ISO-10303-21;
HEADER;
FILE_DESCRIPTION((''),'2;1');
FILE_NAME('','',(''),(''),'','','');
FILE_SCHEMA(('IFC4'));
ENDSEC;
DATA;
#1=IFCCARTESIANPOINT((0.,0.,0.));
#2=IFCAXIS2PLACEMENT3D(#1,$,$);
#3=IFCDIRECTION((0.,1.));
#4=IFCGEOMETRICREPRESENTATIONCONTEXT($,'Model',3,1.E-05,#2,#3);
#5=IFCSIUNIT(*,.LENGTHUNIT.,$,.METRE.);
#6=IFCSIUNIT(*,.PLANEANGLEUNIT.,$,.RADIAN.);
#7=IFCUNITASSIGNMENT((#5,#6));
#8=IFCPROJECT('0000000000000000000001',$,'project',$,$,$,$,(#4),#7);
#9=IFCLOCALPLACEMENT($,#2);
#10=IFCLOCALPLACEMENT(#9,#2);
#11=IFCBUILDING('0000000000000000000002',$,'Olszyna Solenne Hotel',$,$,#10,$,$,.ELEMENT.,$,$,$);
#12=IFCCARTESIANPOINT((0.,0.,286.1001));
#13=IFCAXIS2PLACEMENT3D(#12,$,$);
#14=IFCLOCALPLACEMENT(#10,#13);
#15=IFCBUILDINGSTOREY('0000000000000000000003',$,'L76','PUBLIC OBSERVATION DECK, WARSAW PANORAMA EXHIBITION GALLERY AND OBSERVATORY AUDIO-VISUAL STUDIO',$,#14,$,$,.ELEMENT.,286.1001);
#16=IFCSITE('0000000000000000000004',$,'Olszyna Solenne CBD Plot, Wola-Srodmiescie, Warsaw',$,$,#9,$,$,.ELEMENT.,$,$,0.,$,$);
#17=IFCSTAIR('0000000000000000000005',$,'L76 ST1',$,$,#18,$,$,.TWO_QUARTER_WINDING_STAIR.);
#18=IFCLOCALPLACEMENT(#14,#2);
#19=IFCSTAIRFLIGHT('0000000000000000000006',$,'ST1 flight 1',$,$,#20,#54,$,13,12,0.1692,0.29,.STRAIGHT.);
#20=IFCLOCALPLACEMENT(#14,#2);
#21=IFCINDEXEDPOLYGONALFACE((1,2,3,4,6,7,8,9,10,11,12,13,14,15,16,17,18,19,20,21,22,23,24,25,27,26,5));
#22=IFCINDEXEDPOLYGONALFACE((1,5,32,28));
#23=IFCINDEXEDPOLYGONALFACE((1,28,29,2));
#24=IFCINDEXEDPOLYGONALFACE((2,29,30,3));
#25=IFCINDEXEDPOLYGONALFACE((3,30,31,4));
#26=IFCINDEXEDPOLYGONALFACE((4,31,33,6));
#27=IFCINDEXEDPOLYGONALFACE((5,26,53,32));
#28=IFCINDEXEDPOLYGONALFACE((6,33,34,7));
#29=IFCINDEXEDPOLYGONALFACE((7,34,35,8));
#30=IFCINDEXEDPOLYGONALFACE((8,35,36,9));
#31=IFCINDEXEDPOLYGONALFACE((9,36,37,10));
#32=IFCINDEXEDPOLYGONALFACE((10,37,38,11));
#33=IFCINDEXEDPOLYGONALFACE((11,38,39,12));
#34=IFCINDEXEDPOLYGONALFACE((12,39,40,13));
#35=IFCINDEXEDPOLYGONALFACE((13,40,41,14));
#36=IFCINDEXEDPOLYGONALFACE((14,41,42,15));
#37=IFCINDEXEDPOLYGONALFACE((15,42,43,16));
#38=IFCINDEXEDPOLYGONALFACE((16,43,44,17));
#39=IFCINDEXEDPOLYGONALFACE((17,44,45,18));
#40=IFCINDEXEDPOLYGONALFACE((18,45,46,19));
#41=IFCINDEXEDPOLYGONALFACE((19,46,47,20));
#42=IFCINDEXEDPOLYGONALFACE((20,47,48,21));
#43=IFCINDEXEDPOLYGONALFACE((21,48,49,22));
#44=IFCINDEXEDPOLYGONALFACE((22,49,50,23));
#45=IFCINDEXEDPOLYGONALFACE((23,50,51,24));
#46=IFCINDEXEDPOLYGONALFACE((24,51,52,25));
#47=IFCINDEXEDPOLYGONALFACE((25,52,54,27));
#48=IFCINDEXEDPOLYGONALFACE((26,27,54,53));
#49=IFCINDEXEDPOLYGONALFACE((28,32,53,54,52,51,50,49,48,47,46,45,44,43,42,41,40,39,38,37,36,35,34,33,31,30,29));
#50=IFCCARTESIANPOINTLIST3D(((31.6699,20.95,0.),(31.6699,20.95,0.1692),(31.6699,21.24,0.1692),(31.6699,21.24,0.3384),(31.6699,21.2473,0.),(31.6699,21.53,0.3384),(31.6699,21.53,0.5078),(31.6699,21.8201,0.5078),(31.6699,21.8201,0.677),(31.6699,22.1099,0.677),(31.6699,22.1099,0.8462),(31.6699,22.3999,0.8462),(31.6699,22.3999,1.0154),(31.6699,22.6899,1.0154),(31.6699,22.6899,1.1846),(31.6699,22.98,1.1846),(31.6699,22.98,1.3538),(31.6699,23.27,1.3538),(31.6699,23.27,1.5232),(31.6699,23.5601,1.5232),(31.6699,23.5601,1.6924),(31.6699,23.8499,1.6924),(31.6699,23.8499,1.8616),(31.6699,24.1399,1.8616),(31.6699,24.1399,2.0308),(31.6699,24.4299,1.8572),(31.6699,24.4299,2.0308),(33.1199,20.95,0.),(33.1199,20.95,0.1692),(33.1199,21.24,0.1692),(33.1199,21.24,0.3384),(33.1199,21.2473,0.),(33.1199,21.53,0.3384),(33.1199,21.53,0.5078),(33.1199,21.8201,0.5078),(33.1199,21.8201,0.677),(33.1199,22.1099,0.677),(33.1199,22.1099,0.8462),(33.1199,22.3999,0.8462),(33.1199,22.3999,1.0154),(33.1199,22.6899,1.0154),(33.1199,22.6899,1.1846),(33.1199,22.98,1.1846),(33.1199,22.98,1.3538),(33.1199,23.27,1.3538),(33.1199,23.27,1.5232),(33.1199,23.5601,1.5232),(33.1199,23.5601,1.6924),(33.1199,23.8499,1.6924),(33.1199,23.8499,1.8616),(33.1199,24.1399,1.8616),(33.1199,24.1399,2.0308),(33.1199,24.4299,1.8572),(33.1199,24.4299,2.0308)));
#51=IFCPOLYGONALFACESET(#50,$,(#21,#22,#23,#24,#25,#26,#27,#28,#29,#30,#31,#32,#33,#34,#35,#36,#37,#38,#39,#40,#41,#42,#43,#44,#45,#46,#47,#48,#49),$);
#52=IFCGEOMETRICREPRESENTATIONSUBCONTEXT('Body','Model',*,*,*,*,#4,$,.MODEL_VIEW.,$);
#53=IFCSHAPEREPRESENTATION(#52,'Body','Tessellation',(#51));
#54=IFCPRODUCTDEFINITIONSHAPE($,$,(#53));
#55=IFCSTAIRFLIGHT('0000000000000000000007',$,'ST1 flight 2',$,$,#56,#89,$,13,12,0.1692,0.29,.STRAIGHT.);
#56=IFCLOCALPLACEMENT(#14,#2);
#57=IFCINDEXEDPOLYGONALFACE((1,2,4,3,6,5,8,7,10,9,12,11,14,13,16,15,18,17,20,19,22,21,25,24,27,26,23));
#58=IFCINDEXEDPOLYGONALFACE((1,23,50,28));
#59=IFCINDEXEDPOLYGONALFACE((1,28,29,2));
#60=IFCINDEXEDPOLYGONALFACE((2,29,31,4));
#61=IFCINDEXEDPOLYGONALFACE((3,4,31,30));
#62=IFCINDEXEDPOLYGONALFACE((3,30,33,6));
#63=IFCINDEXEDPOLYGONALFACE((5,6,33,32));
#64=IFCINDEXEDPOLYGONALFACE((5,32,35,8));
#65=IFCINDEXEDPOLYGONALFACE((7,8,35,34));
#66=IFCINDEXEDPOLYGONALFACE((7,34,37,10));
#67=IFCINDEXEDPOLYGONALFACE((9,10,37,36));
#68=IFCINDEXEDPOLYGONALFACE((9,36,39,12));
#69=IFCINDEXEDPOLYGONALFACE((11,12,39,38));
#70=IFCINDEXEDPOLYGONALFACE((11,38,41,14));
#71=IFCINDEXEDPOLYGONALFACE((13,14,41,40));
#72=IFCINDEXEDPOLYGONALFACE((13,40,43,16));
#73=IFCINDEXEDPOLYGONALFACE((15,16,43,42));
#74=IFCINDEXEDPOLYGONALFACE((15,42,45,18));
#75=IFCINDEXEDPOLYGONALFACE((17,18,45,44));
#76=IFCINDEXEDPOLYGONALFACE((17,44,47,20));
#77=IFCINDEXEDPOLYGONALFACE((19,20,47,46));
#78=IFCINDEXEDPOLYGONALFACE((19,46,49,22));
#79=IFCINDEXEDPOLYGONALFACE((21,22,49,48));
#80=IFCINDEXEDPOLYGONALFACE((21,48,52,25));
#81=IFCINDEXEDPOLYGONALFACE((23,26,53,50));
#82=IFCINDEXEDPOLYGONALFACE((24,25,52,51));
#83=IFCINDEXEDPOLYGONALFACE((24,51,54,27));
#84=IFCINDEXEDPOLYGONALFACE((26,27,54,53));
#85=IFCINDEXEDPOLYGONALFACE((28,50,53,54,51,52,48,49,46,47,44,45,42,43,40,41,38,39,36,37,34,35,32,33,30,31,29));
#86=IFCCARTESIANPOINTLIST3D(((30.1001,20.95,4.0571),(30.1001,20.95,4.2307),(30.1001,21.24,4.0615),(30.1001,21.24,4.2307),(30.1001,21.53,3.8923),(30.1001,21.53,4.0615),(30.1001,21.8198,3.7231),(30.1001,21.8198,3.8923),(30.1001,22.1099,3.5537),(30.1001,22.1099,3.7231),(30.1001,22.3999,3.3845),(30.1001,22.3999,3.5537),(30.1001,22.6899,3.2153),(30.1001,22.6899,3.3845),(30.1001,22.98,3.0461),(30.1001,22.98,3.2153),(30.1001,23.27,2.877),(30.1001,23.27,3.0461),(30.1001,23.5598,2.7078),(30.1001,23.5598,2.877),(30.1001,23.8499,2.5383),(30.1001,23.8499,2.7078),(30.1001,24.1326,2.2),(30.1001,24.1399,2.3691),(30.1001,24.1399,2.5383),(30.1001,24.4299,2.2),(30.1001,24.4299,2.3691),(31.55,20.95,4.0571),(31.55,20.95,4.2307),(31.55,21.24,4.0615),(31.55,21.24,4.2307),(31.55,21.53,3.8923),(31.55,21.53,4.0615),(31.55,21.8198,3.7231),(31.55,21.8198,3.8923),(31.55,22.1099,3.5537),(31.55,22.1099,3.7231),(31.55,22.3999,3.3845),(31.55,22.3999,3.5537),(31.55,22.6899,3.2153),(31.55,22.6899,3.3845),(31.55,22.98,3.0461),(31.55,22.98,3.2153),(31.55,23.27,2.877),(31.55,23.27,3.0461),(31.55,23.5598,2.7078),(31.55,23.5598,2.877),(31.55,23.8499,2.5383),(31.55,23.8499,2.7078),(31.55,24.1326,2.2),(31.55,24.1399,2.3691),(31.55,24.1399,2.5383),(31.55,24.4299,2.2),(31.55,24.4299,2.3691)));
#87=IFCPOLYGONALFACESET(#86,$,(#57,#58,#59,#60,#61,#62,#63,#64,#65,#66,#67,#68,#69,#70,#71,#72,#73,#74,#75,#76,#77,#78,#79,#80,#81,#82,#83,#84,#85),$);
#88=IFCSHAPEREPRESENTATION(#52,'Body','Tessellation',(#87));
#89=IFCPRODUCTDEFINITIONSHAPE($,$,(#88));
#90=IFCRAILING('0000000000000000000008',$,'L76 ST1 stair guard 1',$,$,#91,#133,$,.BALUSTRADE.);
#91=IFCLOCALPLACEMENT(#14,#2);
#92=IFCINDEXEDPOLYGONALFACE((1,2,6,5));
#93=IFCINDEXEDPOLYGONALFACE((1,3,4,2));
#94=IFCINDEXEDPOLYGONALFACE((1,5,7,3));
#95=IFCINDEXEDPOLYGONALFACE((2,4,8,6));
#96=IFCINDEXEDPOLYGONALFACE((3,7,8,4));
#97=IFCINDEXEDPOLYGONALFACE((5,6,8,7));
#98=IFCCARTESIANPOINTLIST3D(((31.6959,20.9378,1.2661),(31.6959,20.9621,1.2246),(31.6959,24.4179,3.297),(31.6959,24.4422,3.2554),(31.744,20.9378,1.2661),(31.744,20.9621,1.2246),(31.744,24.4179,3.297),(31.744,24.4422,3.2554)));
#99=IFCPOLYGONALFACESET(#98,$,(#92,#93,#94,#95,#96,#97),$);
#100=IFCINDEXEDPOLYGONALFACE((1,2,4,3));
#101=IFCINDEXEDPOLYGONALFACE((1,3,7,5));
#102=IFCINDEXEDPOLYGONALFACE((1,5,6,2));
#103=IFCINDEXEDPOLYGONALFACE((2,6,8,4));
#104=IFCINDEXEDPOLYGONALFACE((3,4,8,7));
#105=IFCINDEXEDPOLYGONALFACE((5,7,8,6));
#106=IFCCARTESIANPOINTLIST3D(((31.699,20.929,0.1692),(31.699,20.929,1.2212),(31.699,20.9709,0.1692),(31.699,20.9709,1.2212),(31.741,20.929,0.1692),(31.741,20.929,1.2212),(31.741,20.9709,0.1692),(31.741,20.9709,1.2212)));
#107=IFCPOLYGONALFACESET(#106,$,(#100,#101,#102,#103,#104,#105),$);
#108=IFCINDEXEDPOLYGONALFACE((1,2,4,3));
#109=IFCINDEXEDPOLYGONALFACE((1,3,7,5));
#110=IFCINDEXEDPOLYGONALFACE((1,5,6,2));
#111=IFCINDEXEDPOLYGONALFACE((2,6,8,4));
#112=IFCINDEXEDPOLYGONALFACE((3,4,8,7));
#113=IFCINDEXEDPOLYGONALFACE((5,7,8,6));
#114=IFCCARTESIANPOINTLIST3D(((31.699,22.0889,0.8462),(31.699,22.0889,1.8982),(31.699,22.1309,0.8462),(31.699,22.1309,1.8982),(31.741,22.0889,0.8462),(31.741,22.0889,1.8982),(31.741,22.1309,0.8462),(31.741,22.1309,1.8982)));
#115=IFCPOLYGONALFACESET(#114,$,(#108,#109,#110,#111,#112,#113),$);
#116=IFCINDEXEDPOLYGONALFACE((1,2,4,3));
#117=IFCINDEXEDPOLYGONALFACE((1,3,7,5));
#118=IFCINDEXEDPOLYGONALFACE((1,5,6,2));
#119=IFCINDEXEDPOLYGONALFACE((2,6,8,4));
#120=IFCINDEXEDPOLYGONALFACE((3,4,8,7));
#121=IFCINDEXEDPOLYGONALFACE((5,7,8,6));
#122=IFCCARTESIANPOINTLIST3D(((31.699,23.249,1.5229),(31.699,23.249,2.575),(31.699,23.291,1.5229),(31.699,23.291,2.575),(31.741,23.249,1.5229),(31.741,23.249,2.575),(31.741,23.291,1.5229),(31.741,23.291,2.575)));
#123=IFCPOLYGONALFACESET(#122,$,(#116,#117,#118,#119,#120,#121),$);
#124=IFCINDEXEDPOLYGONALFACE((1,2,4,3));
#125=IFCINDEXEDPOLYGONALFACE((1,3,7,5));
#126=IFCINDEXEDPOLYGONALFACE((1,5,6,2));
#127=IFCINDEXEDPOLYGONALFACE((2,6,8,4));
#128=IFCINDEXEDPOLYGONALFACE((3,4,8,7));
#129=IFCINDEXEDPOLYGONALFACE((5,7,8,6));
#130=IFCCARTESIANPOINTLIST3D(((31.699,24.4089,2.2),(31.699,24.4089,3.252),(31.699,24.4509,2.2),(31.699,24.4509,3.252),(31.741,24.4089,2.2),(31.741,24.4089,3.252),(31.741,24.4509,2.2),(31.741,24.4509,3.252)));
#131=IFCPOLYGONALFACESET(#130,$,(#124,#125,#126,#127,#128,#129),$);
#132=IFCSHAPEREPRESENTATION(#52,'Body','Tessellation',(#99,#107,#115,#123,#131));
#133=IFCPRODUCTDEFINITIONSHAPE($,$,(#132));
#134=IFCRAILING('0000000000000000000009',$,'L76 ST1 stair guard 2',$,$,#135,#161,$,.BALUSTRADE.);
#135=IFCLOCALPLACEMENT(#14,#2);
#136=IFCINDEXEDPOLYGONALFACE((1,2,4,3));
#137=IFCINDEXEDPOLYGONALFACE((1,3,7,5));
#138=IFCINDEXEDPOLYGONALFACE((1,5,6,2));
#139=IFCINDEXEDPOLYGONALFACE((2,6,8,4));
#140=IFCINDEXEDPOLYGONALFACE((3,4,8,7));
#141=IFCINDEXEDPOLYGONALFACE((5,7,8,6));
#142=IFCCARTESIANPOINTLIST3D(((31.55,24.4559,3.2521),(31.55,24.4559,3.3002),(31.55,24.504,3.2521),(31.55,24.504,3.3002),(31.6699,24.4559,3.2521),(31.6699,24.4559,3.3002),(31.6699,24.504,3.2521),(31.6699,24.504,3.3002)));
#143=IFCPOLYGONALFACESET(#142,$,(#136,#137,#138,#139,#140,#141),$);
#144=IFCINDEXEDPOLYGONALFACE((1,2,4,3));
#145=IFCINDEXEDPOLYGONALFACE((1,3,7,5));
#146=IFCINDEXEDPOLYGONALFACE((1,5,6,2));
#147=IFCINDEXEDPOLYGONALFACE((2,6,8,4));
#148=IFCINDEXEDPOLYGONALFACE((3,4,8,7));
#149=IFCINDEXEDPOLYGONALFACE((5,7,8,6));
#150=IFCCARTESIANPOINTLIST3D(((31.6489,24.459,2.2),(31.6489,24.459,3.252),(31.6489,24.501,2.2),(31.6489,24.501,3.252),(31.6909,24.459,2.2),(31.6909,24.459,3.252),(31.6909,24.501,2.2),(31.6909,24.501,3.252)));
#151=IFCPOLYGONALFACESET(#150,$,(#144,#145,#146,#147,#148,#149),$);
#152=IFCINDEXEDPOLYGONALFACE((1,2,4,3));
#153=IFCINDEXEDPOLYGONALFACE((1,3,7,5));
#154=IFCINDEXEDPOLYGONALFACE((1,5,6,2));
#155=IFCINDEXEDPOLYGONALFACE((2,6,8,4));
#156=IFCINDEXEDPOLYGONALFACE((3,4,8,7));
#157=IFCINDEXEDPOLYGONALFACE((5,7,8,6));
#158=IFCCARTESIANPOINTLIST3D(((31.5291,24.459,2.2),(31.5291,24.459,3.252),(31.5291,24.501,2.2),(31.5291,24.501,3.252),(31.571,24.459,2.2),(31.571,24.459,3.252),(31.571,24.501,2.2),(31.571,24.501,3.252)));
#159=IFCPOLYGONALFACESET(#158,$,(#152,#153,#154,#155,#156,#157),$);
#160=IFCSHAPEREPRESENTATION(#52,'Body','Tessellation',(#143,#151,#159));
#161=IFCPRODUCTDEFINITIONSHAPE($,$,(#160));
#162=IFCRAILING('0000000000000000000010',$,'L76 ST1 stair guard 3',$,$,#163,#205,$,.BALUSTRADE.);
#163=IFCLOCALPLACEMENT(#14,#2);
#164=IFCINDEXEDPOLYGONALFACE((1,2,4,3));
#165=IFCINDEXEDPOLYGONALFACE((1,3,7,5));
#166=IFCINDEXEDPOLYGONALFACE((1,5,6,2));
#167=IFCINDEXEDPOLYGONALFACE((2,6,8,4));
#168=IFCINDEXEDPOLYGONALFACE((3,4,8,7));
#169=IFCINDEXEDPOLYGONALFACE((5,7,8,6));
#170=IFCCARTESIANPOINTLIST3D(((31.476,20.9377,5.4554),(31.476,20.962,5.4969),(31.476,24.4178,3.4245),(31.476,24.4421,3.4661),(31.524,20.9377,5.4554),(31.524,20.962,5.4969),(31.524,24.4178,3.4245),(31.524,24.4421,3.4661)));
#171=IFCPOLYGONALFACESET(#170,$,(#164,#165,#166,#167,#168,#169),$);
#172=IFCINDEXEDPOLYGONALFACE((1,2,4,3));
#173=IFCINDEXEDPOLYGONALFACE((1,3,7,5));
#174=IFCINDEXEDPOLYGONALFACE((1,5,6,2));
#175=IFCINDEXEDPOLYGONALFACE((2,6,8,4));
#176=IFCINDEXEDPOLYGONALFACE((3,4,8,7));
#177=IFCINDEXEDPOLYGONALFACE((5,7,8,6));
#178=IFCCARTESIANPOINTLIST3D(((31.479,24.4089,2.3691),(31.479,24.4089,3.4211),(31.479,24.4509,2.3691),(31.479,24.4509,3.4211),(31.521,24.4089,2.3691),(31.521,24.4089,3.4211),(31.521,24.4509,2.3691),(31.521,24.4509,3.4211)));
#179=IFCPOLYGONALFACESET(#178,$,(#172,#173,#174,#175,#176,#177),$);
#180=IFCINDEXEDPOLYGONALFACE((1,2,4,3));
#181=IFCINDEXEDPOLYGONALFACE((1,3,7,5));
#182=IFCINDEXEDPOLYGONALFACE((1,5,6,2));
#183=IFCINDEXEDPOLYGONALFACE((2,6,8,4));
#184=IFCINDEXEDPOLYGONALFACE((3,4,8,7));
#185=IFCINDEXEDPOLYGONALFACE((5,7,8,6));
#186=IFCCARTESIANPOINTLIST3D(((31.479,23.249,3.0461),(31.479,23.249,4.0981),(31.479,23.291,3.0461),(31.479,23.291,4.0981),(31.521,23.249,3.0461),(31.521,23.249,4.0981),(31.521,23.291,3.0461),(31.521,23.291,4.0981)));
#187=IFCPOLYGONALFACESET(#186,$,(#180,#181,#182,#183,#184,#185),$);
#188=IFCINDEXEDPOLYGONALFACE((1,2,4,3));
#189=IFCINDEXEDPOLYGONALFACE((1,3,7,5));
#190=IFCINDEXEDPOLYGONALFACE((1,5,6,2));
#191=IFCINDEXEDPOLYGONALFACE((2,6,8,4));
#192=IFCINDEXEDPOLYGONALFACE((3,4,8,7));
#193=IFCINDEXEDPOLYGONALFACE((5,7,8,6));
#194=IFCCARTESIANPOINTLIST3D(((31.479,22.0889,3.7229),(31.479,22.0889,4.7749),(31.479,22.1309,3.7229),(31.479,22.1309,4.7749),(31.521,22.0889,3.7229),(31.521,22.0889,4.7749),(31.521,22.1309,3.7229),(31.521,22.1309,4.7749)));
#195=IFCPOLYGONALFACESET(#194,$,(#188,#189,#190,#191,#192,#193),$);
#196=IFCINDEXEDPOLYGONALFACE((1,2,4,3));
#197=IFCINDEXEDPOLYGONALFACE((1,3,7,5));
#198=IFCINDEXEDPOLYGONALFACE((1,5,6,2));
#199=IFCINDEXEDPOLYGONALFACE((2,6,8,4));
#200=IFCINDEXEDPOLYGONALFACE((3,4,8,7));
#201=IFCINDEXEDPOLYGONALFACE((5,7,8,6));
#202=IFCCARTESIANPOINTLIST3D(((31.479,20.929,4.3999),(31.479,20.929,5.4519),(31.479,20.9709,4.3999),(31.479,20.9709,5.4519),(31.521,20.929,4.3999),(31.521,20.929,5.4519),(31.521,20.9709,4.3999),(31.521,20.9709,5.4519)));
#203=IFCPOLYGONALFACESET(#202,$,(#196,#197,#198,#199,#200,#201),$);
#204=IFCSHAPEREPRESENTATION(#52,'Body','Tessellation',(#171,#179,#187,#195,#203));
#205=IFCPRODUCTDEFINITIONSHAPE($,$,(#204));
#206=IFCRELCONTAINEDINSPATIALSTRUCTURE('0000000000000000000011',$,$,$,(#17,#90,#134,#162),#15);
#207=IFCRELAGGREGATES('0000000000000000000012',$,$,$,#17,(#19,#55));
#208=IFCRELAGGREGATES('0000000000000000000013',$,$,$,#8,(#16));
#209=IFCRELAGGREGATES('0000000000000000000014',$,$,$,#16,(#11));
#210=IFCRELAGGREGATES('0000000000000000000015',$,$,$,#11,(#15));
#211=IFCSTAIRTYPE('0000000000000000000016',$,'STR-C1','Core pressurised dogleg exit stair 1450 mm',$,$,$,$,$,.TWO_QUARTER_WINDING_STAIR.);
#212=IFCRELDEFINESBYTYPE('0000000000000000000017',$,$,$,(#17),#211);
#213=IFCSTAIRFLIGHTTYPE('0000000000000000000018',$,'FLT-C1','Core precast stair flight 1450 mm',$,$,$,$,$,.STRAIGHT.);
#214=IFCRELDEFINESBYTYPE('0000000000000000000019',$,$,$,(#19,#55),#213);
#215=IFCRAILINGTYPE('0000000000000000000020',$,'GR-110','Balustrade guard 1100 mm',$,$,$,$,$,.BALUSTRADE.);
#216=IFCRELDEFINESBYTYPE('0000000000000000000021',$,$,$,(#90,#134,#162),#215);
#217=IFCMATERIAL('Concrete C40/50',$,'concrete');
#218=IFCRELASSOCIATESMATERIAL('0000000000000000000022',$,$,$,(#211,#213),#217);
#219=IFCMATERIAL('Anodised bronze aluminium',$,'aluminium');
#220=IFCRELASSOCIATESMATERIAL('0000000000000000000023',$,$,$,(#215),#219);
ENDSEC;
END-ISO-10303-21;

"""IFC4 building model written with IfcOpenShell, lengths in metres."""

from ifc_helpers import new_model, si_unit, direction, frame, origin, origin_2d, place, context, subcontext, project, spatial, polyline, rectangle, outline, extrude, material, type_object, element, aggregate, save


model = new_model("IFC4")

# Units and contexts
model_context = context("Model", 3, precision=1e-05, world=origin(), true_north=direction((0.0, 1.0)))
body_context = subcontext(model_context, "Body", "Model", "MODEL_VIEW")
ifc_project = project(units=[si_unit("LENGTHUNIT", "METRE"), si_unit("PLANEANGLEUNIT", "RADIAN")], contexts=[model_context])

# Site, building, storey
site_placement = place(None, origin())
site = spatial("IfcSite", under=ifc_project, at=site_placement, Name="Olszyna Solenne CBD Plot, Wola-Srodmiescie, Warsaw", CompositionType="ELEMENT", RefElevation=0.0)
building_placement = place(site_placement, origin())
building = spatial("IfcBuilding", under=site, at=building_placement, Name="Olszyna Solenne Hotel", CompositionType="ELEMENT")
storey_placement = place(building_placement, frame((0.0, 0.0, 286.1001)))
storey = spatial("IfcBuildingStorey", under=building, at=storey_placement, Name="L76", Description="PUBLIC OBSERVATION DECK, WARSAW PANORAMA EXHIBITION GALLERY AND OBSERVATORY AUDIO-VISUAL STUDIO", CompositionType="ELEMENT", Elevation=286.1001)

# Shared definitions
ifc_material_1 = material(Name="Anodised bronze aluminium", Category="aluminium")

# Stair, stair flights
ifc_material_2 = material(Name="Concrete C40/50", Category="concrete")
stair_type = type_object("IfcStairType", Name="STR-C1", Description="Core pressurised dogleg exit stair 1450 mm", PredefinedType="TWO_QUARTER_WINDING_STAIR", material=ifc_material_2)
stair_placement = place(storey_placement, origin())
stair = element("IfcStair", 1, at=stair_placement, inside=storey, type_object=stair_type, Name="L76 ST1", PredefinedType="TWO_QUARTER_WINDING_STAIR")
stair_flight_type = type_object("IfcStairFlightType", Name="FLT-C1", Description="Core precast stair flight 1450 mm", PredefinedType="STRAIGHT", material=ifc_material_2)
stair_flight_1_placement = place(storey_placement, frame((32.395, 20.95, 0.0), z_axis=(0.0, 0.0, 1.0), x_axis=(0.0, 1.0, 0.0)))
stair_flight_1 = element("IfcStairFlight", 2, at=stair_flight_1_placement, type_object=stair_flight_type, Name="ST1 flight 1", NumberOfRisers=13, NumberOfTreads=12, PredefinedType="STRAIGHT", RiserHeight=0.1692, TreadLength=0.29, context=body_context, shape_type="SweptSolid", body=[
    extrude(outline(polyline([(0.0, 0.0), (0.0, 0.1692), (0.29, 0.1692), (0.29, 0.3384), (0.5801, 0.3384), (0.5801, 0.5078), (0.8701, 0.5078), (0.8701, 0.677), (1.1599, 0.677), (1.1599, 0.8462), (1.45, 0.8462), (1.45, 1.0154), (1.74, 1.0154), (1.74, 1.1846), (2.03, 1.1846), (2.03, 1.3538), (2.3201, 1.3538), (2.3201, 1.5232), (2.6101, 1.5232), (2.6101, 1.6924), (2.8999, 1.6924), (2.8999, 1.8616), (3.1899, 1.8616), (3.1899, 2.0308), (3.48, 2.0308), (3.48, 2.2), (3.48, 1.8572), (0.2974, 0.0), (0.0, 0.0)])), frame((0.0, 0.7251, 0.0), z_axis=(0.0, -1.0, 0.0), x_axis=(1.0, 0.0, 0.0)), (0.0, 0.0, 1.0), 1.45),
])
stair_flight_2_placement = place(storey_placement, frame((30.825, 24.4299, 2.2), z_axis=(0.0, 0.0, 1.0), x_axis=(0.0, -1.0, 0.0)))
stair_flight_2 = element("IfcStairFlight", 3, at=stair_flight_2_placement, type_object=stair_flight_type, Name="ST1 flight 2", NumberOfRisers=13, NumberOfTreads=12, PredefinedType="STRAIGHT", RiserHeight=0.1692, TreadLength=0.29, context=body_context, shape_type="SweptSolid", body=[
    extrude(outline(polyline([(0.0, 0.0), (0.0, 0.1692), (0.29, 0.1692), (0.29, 0.3384), (0.5801, 0.3384), (0.5801, 0.5078), (0.8701, 0.5078), (0.8701, 0.677), (1.1599, 0.677), (1.1599, 0.8462), (1.45, 0.8462), (1.45, 1.0154), (1.74, 1.0154), (1.74, 1.1846), (2.03, 1.1846), (2.03, 1.3538), (2.3201, 1.3538), (2.3201, 1.5232), (2.6101, 1.5232), (2.6101, 1.6924), (2.8999, 1.6924), (2.8999, 1.8616), (3.1899, 1.8616), (3.1899, 2.0308), (3.48, 2.0308), (3.48, 2.2), (3.48, 1.8572), (0.2974, 0.0), (0.0, 0.0)])), frame((0.0, 0.7251, 0.0), z_axis=(0.0, -1.0, 0.0), x_axis=(1.0, 0.0, 0.0)), (0.0, 0.0, 1.0), 1.45),
])
aggregate(stair, [stair_flight_1, stair_flight_2])

# Railings
railing_type_1 = type_object("IfcRailingType", Name="GR-110", Description="Balustrade guard 1100 mm", PredefinedType="BALUSTRADE", material=ifc_material_1)
railing_1_placement = place(storey_placement, frame((31.72, 20.95, 0.1692)))
element("IfcRailing", 4, at=railing_1_placement, inside=storey, type_object=railing_type_1, Name="L76 ST1 stair guard 1", PredefinedType="BALUSTRADE", context=body_context, shape_type="SweptSolid", body=[
    extrude(rectangle(XDim=0.0481, YDim=0.0481, at=origin_2d()), frame((0.0, 0.0, 1.0762), z_axis=(0.0, 0.863695, 0.504014), x_axis=(-1.0, 0.0, 0.0)), (0.0, 0.0, 1.0), 4.0293),
    extrude(rectangle(XDim=0.042, YDim=0.042, at=origin_2d()), origin(), (0.0, 0.0, 1.0), 1.052),
    extrude(rectangle(XDim=0.042, YDim=0.042, at=origin_2d()), frame((0.0, 1.1599, 0.677)), (0.0, 0.0, 1.0), 1.052),
    extrude(rectangle(XDim=0.042, YDim=0.042, at=origin_2d()), frame((0.0, 2.3201, 1.3538)), (0.0, 0.0, 1.0), 1.052),
    extrude(rectangle(XDim=0.042, YDim=0.042, at=origin_2d()), frame((0.0, 3.48, 2.0308)), (0.0, 0.0, 1.0), 1.052),
])
railing_2_placement = place(storey_placement, frame((31.6699, 24.48, 2.2)))
element("IfcRailing", 5, at=railing_2_placement, inside=storey, type_object=railing_type_1, Name="L76 ST1 stair guard 2", PredefinedType="BALUSTRADE", context=body_context, shape_type="SweptSolid", body=[
    extrude(rectangle(XDim=0.0481, YDim=0.0481, at=origin_2d()), frame((0.0, 0.0, 1.0762), z_axis=(-1.0, 0.0, 0.0), x_axis=(0.0, -1.0, 0.0)), (0.0, 0.0, 1.0), 0.1199),
    extrude(rectangle(XDim=0.042, YDim=0.042, at=origin_2d()), origin(), (0.0, 0.0, 1.0), 1.052),
    extrude(rectangle(XDim=0.042, YDim=0.042, at=origin_2d()), frame((-0.1199, 0.0, 0.0)), (0.0, 0.0, 1.0), 1.052),
])
railing_3_placement = place(storey_placement, frame((31.5, 24.4299, 2.3691)))
element("IfcRailing", 6, at=railing_3_placement, inside=storey, type_object=railing_type_1, Name="L76 ST1 stair guard 3", PredefinedType="BALUSTRADE", context=body_context, shape_type="SweptSolid", body=[
    extrude(rectangle(XDim=0.0481, YDim=0.0481, at=origin_2d()), frame((0.0, 0.0, 1.0762), z_axis=(0.0, -0.863695, 0.504014), x_axis=(1.0, 0.0, 0.0)), (0.0, 0.0, 1.0), 4.0293),
    extrude(rectangle(XDim=0.042, YDim=0.042, at=origin_2d()), origin(), (0.0, 0.0, 1.0), 1.052),
    extrude(rectangle(XDim=0.042, YDim=0.042, at=origin_2d()), frame((0.0, -1.1599, 0.677)), (0.0, 0.0, 1.0), 1.052),
    extrude(rectangle(XDim=0.042, YDim=0.042, at=origin_2d()), frame((0.0, -2.3201, 1.3538)), (0.0, 0.0, 1.0), 1.052),
    extrude(rectangle(XDim=0.042, YDim=0.042, at=origin_2d()), frame((0.0, -3.48, 2.0308)), (0.0, 0.0, 1.0), 1.052),
])

save(model, "model.ifc")
